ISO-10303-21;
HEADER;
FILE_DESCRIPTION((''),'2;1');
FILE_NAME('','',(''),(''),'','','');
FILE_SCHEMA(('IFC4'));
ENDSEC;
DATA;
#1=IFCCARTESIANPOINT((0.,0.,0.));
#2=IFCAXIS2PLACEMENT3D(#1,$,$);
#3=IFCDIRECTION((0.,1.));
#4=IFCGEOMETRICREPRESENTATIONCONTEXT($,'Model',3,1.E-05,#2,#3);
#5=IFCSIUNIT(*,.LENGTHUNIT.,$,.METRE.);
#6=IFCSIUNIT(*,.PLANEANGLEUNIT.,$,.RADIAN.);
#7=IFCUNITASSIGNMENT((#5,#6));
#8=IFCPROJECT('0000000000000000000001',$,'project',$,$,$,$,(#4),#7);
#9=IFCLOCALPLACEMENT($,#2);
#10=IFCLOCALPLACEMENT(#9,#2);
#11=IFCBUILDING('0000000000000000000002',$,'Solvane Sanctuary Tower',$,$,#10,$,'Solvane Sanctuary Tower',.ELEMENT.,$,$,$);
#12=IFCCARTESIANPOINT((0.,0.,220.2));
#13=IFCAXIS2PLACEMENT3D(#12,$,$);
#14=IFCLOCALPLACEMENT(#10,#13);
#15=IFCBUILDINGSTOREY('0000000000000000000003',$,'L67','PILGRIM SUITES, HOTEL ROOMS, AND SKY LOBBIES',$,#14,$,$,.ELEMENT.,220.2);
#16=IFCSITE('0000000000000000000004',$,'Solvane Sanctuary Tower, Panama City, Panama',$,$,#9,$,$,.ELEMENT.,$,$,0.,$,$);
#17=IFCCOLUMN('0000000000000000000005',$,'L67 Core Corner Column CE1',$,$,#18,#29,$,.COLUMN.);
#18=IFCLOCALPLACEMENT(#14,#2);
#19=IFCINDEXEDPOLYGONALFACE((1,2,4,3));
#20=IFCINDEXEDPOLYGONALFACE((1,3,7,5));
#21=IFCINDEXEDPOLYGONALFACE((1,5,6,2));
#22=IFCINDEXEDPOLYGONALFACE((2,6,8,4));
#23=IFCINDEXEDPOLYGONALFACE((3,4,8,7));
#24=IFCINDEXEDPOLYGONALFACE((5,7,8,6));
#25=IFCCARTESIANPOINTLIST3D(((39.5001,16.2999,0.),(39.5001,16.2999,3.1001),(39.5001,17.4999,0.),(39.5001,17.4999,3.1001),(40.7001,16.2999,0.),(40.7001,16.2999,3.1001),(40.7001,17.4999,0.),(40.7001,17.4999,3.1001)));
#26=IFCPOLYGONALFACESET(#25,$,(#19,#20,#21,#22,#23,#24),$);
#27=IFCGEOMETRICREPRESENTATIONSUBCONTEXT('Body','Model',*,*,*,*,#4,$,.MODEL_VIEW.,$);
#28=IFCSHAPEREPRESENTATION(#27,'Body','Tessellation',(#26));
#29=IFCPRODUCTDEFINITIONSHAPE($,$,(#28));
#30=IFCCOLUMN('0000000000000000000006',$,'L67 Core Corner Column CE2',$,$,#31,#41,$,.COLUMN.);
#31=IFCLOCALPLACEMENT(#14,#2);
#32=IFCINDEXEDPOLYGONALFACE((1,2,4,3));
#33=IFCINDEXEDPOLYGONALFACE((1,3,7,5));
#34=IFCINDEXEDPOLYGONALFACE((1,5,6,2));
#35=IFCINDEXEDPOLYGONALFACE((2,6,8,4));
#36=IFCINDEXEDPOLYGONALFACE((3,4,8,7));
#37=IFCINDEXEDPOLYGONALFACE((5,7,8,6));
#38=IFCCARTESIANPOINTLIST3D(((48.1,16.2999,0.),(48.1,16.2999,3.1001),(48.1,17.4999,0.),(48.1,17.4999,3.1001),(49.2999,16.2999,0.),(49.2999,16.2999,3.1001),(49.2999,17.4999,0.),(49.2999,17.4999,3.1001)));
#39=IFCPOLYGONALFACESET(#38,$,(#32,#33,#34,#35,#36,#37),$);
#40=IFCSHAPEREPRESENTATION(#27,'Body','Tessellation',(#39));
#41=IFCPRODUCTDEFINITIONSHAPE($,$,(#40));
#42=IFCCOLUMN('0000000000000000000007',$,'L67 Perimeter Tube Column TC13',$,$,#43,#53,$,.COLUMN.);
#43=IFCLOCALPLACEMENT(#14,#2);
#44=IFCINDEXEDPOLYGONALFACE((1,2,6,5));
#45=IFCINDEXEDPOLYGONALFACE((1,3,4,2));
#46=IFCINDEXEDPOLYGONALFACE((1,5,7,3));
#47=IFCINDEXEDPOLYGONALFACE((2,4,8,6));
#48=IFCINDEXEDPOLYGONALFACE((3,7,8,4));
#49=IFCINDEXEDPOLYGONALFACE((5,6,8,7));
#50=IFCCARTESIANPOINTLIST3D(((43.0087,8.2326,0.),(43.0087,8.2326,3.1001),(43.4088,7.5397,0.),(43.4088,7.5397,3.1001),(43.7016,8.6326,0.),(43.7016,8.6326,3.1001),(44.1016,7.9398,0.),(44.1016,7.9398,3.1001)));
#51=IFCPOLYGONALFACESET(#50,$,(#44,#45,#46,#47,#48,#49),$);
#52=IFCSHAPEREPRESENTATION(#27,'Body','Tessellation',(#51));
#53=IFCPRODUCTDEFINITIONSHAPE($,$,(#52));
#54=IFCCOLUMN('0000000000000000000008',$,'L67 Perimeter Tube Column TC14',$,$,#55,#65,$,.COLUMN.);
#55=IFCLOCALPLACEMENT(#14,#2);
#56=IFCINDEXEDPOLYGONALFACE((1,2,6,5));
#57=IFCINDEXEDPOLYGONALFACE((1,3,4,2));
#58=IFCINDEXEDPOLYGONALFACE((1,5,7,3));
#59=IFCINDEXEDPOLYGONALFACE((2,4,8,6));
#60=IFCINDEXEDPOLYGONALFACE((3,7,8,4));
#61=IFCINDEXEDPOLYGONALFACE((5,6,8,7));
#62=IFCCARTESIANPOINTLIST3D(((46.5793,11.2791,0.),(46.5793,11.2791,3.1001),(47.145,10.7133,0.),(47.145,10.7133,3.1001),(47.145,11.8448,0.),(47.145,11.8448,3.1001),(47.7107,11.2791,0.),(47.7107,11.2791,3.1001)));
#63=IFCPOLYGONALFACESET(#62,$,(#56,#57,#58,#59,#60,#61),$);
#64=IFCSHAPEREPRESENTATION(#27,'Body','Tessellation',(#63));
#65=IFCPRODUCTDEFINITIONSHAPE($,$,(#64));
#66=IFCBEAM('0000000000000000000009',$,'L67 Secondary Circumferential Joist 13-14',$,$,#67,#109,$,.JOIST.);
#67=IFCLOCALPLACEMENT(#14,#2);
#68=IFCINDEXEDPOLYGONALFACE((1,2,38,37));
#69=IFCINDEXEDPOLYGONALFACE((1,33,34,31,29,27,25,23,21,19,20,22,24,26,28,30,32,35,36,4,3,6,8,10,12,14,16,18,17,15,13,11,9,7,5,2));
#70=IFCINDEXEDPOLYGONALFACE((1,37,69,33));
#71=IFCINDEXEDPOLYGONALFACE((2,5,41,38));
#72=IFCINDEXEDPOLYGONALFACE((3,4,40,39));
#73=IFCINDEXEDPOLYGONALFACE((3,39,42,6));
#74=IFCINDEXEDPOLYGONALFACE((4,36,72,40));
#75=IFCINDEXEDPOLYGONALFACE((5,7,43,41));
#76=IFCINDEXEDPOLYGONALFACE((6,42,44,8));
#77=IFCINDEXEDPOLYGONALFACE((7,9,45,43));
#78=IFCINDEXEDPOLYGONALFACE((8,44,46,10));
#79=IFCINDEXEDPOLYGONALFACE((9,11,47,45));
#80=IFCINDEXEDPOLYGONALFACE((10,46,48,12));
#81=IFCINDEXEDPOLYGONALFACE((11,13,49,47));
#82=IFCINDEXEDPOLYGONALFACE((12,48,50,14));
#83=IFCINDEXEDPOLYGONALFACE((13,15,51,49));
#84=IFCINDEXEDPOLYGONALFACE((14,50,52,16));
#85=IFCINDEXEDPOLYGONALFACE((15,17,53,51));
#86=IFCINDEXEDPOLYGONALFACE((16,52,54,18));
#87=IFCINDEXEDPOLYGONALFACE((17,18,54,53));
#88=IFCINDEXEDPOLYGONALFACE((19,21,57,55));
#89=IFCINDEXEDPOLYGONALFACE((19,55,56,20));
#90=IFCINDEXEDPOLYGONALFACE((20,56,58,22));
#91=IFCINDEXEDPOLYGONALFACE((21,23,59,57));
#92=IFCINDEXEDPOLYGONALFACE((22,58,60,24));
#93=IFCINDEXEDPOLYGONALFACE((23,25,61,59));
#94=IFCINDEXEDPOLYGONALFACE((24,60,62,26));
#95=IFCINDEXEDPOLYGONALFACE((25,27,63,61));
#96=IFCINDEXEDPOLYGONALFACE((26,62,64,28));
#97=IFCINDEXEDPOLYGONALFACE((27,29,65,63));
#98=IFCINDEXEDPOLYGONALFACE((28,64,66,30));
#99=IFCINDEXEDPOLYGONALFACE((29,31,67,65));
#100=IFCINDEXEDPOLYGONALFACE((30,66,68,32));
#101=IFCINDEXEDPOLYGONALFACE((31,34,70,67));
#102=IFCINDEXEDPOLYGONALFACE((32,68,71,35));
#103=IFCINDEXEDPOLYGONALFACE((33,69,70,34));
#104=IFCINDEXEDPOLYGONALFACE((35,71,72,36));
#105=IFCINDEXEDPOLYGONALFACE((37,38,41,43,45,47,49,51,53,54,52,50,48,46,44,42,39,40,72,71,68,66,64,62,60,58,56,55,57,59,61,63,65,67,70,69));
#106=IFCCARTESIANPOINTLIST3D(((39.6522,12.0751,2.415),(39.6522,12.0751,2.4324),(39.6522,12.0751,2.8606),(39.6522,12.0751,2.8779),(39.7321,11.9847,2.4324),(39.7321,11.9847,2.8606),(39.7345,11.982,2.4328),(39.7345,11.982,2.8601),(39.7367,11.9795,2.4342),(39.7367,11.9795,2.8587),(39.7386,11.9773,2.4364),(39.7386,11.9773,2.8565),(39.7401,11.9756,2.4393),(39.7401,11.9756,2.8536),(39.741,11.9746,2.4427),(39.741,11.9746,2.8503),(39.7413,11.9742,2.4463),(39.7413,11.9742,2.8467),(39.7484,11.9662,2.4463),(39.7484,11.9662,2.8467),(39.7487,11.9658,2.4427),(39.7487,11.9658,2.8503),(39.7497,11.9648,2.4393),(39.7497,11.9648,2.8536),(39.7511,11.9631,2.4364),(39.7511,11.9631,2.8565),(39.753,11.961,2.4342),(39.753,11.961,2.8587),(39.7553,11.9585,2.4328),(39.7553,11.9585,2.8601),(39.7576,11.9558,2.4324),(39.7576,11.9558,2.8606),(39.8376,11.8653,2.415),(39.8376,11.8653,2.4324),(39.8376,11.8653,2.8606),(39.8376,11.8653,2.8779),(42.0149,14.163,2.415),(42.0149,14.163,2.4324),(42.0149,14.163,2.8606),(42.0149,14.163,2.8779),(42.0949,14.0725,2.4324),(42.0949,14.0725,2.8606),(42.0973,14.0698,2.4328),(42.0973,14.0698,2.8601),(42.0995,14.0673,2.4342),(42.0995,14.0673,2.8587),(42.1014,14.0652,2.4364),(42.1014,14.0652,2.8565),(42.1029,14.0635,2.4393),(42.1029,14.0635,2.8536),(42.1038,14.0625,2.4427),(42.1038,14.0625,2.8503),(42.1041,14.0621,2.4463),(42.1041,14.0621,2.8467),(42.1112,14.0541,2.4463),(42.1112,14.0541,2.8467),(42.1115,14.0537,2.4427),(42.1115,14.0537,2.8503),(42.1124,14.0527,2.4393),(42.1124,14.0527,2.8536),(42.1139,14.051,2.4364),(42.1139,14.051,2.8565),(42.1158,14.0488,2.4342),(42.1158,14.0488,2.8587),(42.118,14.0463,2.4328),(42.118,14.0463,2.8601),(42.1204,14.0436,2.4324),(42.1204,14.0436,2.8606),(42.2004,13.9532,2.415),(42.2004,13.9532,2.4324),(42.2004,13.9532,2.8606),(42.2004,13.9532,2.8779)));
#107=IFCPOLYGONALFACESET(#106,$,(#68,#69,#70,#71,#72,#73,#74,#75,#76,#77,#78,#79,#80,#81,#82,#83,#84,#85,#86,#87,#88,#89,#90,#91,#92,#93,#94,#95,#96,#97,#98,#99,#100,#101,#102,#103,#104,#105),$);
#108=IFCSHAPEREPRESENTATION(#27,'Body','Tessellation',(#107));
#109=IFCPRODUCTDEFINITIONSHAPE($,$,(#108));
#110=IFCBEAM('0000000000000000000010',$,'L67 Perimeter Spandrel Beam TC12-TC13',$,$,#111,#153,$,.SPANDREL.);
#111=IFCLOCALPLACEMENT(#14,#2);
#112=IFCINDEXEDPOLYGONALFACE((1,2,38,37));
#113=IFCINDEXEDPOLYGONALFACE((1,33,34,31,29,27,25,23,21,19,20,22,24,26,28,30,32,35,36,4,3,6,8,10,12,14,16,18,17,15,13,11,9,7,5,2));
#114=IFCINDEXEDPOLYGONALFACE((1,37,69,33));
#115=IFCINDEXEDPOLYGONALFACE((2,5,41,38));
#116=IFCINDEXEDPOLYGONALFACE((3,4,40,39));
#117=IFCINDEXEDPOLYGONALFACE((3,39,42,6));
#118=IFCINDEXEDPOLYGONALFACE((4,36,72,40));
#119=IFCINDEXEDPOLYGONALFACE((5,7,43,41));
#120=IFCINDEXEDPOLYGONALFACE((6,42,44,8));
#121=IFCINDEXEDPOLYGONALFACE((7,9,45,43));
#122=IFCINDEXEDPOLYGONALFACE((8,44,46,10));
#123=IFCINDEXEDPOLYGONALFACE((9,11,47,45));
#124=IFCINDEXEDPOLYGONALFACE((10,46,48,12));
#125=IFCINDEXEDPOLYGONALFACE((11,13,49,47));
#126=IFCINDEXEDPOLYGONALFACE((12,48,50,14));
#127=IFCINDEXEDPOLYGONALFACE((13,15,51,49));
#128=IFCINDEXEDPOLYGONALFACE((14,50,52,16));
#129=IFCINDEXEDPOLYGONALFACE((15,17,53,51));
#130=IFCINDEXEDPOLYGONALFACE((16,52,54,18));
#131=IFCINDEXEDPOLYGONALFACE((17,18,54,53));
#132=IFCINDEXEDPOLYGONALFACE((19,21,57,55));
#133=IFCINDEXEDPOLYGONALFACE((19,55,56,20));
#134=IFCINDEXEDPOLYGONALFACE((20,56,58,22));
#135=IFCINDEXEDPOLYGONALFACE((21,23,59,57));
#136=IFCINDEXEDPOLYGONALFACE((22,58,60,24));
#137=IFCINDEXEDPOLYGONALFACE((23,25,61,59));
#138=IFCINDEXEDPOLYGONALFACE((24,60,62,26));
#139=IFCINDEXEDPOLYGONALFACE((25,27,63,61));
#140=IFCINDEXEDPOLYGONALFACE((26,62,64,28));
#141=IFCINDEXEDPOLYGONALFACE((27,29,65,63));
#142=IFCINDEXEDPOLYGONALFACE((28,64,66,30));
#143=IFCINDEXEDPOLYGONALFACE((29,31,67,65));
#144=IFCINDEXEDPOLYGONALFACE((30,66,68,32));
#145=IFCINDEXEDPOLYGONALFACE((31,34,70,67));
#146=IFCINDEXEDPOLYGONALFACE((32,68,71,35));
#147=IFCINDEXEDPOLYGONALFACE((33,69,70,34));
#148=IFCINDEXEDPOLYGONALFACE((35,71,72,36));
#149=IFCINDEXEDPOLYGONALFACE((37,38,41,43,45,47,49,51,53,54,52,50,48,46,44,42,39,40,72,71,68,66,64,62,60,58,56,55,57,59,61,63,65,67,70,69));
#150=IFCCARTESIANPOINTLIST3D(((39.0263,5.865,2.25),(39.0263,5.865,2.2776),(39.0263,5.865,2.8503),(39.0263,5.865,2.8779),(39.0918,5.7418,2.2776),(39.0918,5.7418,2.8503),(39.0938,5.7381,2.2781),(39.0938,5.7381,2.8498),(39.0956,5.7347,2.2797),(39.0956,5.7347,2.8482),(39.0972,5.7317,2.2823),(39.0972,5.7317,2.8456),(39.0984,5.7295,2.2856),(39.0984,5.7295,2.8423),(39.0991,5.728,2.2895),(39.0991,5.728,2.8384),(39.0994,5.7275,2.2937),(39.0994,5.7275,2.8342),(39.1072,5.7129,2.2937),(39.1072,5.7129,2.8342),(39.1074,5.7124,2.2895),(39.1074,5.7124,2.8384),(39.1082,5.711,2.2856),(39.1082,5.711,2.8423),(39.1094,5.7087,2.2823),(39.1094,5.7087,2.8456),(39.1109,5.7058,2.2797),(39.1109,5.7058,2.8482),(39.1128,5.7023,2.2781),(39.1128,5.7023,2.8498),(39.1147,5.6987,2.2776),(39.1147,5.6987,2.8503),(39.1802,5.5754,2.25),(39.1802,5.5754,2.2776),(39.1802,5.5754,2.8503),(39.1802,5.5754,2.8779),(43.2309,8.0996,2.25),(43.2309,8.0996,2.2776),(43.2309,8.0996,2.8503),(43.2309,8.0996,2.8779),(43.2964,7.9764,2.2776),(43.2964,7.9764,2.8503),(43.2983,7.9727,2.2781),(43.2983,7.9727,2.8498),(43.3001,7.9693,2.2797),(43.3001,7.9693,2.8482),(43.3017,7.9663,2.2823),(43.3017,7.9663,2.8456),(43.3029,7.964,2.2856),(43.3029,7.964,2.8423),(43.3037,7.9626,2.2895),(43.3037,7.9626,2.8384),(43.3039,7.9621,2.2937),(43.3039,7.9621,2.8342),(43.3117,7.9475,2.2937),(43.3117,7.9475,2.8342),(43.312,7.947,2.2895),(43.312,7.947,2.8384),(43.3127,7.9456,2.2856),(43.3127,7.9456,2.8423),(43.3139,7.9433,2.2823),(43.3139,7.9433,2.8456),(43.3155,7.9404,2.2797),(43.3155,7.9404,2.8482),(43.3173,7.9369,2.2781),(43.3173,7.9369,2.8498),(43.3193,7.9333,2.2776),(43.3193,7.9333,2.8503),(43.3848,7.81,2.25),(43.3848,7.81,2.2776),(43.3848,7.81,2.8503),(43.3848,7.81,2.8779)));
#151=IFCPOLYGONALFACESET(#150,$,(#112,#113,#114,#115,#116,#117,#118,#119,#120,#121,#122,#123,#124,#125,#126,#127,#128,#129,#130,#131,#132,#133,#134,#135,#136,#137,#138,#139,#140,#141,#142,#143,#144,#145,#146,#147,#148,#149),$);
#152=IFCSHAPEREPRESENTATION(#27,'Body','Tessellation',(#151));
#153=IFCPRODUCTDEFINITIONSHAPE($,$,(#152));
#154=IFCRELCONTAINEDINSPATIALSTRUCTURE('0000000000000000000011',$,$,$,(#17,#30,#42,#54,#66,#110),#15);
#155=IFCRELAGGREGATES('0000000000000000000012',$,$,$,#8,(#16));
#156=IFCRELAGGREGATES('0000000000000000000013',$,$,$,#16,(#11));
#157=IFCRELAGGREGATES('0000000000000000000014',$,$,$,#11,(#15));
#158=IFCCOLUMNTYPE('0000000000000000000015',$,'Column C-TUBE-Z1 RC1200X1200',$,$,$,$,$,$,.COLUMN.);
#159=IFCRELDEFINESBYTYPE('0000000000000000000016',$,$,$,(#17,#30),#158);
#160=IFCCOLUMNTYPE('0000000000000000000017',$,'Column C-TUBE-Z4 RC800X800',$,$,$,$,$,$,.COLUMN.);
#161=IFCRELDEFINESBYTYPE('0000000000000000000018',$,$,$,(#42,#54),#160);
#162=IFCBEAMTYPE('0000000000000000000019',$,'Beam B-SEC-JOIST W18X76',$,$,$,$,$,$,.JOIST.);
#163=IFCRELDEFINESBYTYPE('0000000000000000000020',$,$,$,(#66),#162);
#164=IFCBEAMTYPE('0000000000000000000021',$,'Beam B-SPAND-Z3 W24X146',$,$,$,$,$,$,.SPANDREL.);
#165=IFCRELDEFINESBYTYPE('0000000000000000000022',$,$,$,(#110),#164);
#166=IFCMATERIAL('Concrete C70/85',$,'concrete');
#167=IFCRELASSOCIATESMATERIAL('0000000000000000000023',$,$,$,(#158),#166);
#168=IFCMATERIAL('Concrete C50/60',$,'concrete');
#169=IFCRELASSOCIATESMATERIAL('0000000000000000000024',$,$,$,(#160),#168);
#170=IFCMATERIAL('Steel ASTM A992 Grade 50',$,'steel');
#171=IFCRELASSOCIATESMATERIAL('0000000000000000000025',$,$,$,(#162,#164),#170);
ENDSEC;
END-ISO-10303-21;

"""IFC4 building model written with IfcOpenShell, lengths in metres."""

from ifc_helpers import new_model, si_unit, direction, frame, origin, origin_2d, place, context, subcontext, project, spatial, rectangle, i_section, extrude, material, material_profile, profile_set, type_object, element, save


model = new_model("IFC4")

# Units and contexts
model_context = context("Model", 3, precision=1e-05, world=origin(), true_north=direction((0.0, 1.0)))
body_context = subcontext(model_context, "Body", "Model", "MODEL_VIEW")
ifc_project = project(units=[si_unit("LENGTHUNIT", "METRE"), si_unit("PLANEANGLEUNIT", "RADIAN")], contexts=[model_context])

# Site, building, storey
site_placement = place(None, origin())
site = spatial("IfcSite", under=ifc_project, at=site_placement, Name="Solvane Sanctuary Tower, Panama City, Panama", CompositionType="ELEMENT", RefElevation=0.0)
building_placement = place(site_placement, origin())
building = spatial("IfcBuilding", under=site, at=building_placement, Name="Solvane Sanctuary Tower", LongName="Solvane Sanctuary Tower", CompositionType="ELEMENT")
storey_placement = place(building_placement, frame((0.0, 0.0, 220.2)))
storey = spatial("IfcBuildingStorey", under=building, at=storey_placement, Name="L67", Description="PILGRIM SUITES, HOTEL ROOMS, AND SKY LOBBIES", CompositionType="ELEMENT", Elevation=220.2)

# Columns
ifc_material_1 = material(Name="Concrete C70/85", Category="concrete")
ifc_material_profile_1 = material_profile(ifc_material_1, rectangle(XDim=1.2, YDim=1.2, at=origin_2d()), Name="RC1200X1200")
ifc_profile_set_1 = profile_set([ifc_material_profile_1], Name="Concrete C70/85")
column_type_1 = type_object("IfcColumnType", Name="Column C-TUBE-Z1 RC1200X1200", PredefinedType="COLUMN", material=ifc_profile_set_1)
for number, where, z_axis, x_axis, name in (
    (1, (40.1001, 16.8999, 0.0), (0.0, 0.0, 1.0), (1.0, 0.0, 0.0), "L67 Core Corner Column CE1"),
    (2, (48.7, 16.8999, 0.0), (0.0, 0.0, 1.0), (1.0, 0.0, 0.0), "L67 Core Corner Column CE2"),
):
    element("IfcColumn", number, at=place(storey_placement, frame(where, z_axis=z_axis, x_axis=x_axis)), inside=storey, type_object=column_type_1, Name=name, PredefinedType="COLUMN", context=body_context, shape_type="SweptSolid", body=[
        extrude(rectangle(XDim=1.2, YDim=1.2, at=origin_2d()), origin(), (0.0, 0.0, 1.0), 3.1001),
    ])
ifc_material_2 = material(Name="Concrete C50/60", Category="concrete")
ifc_material_profile_2 = material_profile(ifc_material_2, rectangle(XDim=0.8, YDim=0.8, at=origin_2d()), Name="RC800X800")
ifc_profile_set_2 = profile_set([ifc_material_profile_2], Name="Concrete C50/60")
column_type_2 = type_object("IfcColumnType", Name="Column C-TUBE-Z4 RC800X800", PredefinedType="COLUMN", material=ifc_profile_set_2)
for number, where, z_axis, x_axis, name in (
    (3, (43.5552, 8.0862, 0.0), (0.0, 0.0, 1.0), (0.5, -0.866025, 0.0), "L67 Perimeter Tube Column TC13"),
    (4, (47.145, 11.2791, 0.0), (0.0, 0.0, 1.0), (0.707107, -0.707107, 0.0), "L67 Perimeter Tube Column TC14"),
):
    element("IfcColumn", number, at=place(storey_placement, frame(where, z_axis=z_axis, x_axis=x_axis)), inside=storey, type_object=column_type_2, Name=name, PredefinedType="COLUMN", context=body_context, shape_type="SweptSolid", body=[
        extrude(rectangle(XDim=0.8, YDim=0.8, at=origin_2d()), origin(), (0.0, 0.0, 1.0), 3.1001),
    ])

# Beams
ifc_material_3 = material(Name="Steel ASTM A992 Grade 50", Category="steel")
ifc_material_profile_3 = material_profile(ifc_material_3, i_section(OverallWidth=0.28, OverallDepth=0.4629, WebThickness=0.0107, FlangeThickness=0.0173, FilletRadius=0.0139, at=origin_2d()), Name="W18X76")
ifc_profile_set_3 = profile_set([ifc_material_profile_3], Name="Steel ASTM A992 Grade 50")
beam_type_1 = type_object("IfcBeamType", Name="Beam B-SEC-JOIST W18X76", PredefinedType="JOIST", material=ifc_profile_set_3)
beam_1_placement = place(storey_placement, frame((39.7449, 11.9702, 2.6465), z_axis=(0.749354, 0.662169, 0.0), x_axis=(-0.662169, 0.749354, 0.0)))
element("IfcBeam", 5, at=beam_1_placement, inside=storey, type_object=beam_type_1, Name="L67 Secondary Circumferential Joist 13-14", PredefinedType="JOIST", context=body_context, shape_type="SweptSolid", body=[
    extrude(i_section(OverallWidth=0.28, OverallDepth=0.4629, WebThickness=0.0107, FlangeThickness=0.0173, FilletRadius=0.0139, at=origin_2d()), origin(), (0.0, 0.0, 1.0), 3.1531),
])
ifc_material_profile_4 = material_profile(ifc_material_3, i_section(OverallWidth=0.3279, OverallDepth=0.6279, WebThickness=0.0166, FlangeThickness=0.0276, FilletRadius=0.0161, at=origin_2d()), Name="W24X146")
ifc_profile_set_4 = profile_set([ifc_material_profile_4], Name="Steel ASTM A992 Grade 50")
beam_type_2 = type_object("IfcBeamType", Name="Beam B-SPAND-Z3 W24X146", PredefinedType="SPANDREL", material=ifc_profile_set_4)
beam_2_placement = place(storey_placement, frame((39.1033, 5.7202, 2.564), z_axis=(0.883035, 0.469308, 0.0), x_axis=(-0.469308, 0.883035, 0.0)))
element("IfcBeam", 6, at=beam_2_placement, inside=storey, type_object=beam_type_2, Name="L67 Perimeter Spandrel Beam TC12-TC13", PredefinedType="SPANDREL", context=body_context, shape_type="SweptSolid", body=[
    extrude(i_section(OverallWidth=0.3279, OverallDepth=0.6279, WebThickness=0.0166, FlangeThickness=0.0276, FilletRadius=0.0161, at=origin_2d()), origin(), (0.0, 0.0, 1.0), 4.7615),
])

save(model, "model.ifc")
